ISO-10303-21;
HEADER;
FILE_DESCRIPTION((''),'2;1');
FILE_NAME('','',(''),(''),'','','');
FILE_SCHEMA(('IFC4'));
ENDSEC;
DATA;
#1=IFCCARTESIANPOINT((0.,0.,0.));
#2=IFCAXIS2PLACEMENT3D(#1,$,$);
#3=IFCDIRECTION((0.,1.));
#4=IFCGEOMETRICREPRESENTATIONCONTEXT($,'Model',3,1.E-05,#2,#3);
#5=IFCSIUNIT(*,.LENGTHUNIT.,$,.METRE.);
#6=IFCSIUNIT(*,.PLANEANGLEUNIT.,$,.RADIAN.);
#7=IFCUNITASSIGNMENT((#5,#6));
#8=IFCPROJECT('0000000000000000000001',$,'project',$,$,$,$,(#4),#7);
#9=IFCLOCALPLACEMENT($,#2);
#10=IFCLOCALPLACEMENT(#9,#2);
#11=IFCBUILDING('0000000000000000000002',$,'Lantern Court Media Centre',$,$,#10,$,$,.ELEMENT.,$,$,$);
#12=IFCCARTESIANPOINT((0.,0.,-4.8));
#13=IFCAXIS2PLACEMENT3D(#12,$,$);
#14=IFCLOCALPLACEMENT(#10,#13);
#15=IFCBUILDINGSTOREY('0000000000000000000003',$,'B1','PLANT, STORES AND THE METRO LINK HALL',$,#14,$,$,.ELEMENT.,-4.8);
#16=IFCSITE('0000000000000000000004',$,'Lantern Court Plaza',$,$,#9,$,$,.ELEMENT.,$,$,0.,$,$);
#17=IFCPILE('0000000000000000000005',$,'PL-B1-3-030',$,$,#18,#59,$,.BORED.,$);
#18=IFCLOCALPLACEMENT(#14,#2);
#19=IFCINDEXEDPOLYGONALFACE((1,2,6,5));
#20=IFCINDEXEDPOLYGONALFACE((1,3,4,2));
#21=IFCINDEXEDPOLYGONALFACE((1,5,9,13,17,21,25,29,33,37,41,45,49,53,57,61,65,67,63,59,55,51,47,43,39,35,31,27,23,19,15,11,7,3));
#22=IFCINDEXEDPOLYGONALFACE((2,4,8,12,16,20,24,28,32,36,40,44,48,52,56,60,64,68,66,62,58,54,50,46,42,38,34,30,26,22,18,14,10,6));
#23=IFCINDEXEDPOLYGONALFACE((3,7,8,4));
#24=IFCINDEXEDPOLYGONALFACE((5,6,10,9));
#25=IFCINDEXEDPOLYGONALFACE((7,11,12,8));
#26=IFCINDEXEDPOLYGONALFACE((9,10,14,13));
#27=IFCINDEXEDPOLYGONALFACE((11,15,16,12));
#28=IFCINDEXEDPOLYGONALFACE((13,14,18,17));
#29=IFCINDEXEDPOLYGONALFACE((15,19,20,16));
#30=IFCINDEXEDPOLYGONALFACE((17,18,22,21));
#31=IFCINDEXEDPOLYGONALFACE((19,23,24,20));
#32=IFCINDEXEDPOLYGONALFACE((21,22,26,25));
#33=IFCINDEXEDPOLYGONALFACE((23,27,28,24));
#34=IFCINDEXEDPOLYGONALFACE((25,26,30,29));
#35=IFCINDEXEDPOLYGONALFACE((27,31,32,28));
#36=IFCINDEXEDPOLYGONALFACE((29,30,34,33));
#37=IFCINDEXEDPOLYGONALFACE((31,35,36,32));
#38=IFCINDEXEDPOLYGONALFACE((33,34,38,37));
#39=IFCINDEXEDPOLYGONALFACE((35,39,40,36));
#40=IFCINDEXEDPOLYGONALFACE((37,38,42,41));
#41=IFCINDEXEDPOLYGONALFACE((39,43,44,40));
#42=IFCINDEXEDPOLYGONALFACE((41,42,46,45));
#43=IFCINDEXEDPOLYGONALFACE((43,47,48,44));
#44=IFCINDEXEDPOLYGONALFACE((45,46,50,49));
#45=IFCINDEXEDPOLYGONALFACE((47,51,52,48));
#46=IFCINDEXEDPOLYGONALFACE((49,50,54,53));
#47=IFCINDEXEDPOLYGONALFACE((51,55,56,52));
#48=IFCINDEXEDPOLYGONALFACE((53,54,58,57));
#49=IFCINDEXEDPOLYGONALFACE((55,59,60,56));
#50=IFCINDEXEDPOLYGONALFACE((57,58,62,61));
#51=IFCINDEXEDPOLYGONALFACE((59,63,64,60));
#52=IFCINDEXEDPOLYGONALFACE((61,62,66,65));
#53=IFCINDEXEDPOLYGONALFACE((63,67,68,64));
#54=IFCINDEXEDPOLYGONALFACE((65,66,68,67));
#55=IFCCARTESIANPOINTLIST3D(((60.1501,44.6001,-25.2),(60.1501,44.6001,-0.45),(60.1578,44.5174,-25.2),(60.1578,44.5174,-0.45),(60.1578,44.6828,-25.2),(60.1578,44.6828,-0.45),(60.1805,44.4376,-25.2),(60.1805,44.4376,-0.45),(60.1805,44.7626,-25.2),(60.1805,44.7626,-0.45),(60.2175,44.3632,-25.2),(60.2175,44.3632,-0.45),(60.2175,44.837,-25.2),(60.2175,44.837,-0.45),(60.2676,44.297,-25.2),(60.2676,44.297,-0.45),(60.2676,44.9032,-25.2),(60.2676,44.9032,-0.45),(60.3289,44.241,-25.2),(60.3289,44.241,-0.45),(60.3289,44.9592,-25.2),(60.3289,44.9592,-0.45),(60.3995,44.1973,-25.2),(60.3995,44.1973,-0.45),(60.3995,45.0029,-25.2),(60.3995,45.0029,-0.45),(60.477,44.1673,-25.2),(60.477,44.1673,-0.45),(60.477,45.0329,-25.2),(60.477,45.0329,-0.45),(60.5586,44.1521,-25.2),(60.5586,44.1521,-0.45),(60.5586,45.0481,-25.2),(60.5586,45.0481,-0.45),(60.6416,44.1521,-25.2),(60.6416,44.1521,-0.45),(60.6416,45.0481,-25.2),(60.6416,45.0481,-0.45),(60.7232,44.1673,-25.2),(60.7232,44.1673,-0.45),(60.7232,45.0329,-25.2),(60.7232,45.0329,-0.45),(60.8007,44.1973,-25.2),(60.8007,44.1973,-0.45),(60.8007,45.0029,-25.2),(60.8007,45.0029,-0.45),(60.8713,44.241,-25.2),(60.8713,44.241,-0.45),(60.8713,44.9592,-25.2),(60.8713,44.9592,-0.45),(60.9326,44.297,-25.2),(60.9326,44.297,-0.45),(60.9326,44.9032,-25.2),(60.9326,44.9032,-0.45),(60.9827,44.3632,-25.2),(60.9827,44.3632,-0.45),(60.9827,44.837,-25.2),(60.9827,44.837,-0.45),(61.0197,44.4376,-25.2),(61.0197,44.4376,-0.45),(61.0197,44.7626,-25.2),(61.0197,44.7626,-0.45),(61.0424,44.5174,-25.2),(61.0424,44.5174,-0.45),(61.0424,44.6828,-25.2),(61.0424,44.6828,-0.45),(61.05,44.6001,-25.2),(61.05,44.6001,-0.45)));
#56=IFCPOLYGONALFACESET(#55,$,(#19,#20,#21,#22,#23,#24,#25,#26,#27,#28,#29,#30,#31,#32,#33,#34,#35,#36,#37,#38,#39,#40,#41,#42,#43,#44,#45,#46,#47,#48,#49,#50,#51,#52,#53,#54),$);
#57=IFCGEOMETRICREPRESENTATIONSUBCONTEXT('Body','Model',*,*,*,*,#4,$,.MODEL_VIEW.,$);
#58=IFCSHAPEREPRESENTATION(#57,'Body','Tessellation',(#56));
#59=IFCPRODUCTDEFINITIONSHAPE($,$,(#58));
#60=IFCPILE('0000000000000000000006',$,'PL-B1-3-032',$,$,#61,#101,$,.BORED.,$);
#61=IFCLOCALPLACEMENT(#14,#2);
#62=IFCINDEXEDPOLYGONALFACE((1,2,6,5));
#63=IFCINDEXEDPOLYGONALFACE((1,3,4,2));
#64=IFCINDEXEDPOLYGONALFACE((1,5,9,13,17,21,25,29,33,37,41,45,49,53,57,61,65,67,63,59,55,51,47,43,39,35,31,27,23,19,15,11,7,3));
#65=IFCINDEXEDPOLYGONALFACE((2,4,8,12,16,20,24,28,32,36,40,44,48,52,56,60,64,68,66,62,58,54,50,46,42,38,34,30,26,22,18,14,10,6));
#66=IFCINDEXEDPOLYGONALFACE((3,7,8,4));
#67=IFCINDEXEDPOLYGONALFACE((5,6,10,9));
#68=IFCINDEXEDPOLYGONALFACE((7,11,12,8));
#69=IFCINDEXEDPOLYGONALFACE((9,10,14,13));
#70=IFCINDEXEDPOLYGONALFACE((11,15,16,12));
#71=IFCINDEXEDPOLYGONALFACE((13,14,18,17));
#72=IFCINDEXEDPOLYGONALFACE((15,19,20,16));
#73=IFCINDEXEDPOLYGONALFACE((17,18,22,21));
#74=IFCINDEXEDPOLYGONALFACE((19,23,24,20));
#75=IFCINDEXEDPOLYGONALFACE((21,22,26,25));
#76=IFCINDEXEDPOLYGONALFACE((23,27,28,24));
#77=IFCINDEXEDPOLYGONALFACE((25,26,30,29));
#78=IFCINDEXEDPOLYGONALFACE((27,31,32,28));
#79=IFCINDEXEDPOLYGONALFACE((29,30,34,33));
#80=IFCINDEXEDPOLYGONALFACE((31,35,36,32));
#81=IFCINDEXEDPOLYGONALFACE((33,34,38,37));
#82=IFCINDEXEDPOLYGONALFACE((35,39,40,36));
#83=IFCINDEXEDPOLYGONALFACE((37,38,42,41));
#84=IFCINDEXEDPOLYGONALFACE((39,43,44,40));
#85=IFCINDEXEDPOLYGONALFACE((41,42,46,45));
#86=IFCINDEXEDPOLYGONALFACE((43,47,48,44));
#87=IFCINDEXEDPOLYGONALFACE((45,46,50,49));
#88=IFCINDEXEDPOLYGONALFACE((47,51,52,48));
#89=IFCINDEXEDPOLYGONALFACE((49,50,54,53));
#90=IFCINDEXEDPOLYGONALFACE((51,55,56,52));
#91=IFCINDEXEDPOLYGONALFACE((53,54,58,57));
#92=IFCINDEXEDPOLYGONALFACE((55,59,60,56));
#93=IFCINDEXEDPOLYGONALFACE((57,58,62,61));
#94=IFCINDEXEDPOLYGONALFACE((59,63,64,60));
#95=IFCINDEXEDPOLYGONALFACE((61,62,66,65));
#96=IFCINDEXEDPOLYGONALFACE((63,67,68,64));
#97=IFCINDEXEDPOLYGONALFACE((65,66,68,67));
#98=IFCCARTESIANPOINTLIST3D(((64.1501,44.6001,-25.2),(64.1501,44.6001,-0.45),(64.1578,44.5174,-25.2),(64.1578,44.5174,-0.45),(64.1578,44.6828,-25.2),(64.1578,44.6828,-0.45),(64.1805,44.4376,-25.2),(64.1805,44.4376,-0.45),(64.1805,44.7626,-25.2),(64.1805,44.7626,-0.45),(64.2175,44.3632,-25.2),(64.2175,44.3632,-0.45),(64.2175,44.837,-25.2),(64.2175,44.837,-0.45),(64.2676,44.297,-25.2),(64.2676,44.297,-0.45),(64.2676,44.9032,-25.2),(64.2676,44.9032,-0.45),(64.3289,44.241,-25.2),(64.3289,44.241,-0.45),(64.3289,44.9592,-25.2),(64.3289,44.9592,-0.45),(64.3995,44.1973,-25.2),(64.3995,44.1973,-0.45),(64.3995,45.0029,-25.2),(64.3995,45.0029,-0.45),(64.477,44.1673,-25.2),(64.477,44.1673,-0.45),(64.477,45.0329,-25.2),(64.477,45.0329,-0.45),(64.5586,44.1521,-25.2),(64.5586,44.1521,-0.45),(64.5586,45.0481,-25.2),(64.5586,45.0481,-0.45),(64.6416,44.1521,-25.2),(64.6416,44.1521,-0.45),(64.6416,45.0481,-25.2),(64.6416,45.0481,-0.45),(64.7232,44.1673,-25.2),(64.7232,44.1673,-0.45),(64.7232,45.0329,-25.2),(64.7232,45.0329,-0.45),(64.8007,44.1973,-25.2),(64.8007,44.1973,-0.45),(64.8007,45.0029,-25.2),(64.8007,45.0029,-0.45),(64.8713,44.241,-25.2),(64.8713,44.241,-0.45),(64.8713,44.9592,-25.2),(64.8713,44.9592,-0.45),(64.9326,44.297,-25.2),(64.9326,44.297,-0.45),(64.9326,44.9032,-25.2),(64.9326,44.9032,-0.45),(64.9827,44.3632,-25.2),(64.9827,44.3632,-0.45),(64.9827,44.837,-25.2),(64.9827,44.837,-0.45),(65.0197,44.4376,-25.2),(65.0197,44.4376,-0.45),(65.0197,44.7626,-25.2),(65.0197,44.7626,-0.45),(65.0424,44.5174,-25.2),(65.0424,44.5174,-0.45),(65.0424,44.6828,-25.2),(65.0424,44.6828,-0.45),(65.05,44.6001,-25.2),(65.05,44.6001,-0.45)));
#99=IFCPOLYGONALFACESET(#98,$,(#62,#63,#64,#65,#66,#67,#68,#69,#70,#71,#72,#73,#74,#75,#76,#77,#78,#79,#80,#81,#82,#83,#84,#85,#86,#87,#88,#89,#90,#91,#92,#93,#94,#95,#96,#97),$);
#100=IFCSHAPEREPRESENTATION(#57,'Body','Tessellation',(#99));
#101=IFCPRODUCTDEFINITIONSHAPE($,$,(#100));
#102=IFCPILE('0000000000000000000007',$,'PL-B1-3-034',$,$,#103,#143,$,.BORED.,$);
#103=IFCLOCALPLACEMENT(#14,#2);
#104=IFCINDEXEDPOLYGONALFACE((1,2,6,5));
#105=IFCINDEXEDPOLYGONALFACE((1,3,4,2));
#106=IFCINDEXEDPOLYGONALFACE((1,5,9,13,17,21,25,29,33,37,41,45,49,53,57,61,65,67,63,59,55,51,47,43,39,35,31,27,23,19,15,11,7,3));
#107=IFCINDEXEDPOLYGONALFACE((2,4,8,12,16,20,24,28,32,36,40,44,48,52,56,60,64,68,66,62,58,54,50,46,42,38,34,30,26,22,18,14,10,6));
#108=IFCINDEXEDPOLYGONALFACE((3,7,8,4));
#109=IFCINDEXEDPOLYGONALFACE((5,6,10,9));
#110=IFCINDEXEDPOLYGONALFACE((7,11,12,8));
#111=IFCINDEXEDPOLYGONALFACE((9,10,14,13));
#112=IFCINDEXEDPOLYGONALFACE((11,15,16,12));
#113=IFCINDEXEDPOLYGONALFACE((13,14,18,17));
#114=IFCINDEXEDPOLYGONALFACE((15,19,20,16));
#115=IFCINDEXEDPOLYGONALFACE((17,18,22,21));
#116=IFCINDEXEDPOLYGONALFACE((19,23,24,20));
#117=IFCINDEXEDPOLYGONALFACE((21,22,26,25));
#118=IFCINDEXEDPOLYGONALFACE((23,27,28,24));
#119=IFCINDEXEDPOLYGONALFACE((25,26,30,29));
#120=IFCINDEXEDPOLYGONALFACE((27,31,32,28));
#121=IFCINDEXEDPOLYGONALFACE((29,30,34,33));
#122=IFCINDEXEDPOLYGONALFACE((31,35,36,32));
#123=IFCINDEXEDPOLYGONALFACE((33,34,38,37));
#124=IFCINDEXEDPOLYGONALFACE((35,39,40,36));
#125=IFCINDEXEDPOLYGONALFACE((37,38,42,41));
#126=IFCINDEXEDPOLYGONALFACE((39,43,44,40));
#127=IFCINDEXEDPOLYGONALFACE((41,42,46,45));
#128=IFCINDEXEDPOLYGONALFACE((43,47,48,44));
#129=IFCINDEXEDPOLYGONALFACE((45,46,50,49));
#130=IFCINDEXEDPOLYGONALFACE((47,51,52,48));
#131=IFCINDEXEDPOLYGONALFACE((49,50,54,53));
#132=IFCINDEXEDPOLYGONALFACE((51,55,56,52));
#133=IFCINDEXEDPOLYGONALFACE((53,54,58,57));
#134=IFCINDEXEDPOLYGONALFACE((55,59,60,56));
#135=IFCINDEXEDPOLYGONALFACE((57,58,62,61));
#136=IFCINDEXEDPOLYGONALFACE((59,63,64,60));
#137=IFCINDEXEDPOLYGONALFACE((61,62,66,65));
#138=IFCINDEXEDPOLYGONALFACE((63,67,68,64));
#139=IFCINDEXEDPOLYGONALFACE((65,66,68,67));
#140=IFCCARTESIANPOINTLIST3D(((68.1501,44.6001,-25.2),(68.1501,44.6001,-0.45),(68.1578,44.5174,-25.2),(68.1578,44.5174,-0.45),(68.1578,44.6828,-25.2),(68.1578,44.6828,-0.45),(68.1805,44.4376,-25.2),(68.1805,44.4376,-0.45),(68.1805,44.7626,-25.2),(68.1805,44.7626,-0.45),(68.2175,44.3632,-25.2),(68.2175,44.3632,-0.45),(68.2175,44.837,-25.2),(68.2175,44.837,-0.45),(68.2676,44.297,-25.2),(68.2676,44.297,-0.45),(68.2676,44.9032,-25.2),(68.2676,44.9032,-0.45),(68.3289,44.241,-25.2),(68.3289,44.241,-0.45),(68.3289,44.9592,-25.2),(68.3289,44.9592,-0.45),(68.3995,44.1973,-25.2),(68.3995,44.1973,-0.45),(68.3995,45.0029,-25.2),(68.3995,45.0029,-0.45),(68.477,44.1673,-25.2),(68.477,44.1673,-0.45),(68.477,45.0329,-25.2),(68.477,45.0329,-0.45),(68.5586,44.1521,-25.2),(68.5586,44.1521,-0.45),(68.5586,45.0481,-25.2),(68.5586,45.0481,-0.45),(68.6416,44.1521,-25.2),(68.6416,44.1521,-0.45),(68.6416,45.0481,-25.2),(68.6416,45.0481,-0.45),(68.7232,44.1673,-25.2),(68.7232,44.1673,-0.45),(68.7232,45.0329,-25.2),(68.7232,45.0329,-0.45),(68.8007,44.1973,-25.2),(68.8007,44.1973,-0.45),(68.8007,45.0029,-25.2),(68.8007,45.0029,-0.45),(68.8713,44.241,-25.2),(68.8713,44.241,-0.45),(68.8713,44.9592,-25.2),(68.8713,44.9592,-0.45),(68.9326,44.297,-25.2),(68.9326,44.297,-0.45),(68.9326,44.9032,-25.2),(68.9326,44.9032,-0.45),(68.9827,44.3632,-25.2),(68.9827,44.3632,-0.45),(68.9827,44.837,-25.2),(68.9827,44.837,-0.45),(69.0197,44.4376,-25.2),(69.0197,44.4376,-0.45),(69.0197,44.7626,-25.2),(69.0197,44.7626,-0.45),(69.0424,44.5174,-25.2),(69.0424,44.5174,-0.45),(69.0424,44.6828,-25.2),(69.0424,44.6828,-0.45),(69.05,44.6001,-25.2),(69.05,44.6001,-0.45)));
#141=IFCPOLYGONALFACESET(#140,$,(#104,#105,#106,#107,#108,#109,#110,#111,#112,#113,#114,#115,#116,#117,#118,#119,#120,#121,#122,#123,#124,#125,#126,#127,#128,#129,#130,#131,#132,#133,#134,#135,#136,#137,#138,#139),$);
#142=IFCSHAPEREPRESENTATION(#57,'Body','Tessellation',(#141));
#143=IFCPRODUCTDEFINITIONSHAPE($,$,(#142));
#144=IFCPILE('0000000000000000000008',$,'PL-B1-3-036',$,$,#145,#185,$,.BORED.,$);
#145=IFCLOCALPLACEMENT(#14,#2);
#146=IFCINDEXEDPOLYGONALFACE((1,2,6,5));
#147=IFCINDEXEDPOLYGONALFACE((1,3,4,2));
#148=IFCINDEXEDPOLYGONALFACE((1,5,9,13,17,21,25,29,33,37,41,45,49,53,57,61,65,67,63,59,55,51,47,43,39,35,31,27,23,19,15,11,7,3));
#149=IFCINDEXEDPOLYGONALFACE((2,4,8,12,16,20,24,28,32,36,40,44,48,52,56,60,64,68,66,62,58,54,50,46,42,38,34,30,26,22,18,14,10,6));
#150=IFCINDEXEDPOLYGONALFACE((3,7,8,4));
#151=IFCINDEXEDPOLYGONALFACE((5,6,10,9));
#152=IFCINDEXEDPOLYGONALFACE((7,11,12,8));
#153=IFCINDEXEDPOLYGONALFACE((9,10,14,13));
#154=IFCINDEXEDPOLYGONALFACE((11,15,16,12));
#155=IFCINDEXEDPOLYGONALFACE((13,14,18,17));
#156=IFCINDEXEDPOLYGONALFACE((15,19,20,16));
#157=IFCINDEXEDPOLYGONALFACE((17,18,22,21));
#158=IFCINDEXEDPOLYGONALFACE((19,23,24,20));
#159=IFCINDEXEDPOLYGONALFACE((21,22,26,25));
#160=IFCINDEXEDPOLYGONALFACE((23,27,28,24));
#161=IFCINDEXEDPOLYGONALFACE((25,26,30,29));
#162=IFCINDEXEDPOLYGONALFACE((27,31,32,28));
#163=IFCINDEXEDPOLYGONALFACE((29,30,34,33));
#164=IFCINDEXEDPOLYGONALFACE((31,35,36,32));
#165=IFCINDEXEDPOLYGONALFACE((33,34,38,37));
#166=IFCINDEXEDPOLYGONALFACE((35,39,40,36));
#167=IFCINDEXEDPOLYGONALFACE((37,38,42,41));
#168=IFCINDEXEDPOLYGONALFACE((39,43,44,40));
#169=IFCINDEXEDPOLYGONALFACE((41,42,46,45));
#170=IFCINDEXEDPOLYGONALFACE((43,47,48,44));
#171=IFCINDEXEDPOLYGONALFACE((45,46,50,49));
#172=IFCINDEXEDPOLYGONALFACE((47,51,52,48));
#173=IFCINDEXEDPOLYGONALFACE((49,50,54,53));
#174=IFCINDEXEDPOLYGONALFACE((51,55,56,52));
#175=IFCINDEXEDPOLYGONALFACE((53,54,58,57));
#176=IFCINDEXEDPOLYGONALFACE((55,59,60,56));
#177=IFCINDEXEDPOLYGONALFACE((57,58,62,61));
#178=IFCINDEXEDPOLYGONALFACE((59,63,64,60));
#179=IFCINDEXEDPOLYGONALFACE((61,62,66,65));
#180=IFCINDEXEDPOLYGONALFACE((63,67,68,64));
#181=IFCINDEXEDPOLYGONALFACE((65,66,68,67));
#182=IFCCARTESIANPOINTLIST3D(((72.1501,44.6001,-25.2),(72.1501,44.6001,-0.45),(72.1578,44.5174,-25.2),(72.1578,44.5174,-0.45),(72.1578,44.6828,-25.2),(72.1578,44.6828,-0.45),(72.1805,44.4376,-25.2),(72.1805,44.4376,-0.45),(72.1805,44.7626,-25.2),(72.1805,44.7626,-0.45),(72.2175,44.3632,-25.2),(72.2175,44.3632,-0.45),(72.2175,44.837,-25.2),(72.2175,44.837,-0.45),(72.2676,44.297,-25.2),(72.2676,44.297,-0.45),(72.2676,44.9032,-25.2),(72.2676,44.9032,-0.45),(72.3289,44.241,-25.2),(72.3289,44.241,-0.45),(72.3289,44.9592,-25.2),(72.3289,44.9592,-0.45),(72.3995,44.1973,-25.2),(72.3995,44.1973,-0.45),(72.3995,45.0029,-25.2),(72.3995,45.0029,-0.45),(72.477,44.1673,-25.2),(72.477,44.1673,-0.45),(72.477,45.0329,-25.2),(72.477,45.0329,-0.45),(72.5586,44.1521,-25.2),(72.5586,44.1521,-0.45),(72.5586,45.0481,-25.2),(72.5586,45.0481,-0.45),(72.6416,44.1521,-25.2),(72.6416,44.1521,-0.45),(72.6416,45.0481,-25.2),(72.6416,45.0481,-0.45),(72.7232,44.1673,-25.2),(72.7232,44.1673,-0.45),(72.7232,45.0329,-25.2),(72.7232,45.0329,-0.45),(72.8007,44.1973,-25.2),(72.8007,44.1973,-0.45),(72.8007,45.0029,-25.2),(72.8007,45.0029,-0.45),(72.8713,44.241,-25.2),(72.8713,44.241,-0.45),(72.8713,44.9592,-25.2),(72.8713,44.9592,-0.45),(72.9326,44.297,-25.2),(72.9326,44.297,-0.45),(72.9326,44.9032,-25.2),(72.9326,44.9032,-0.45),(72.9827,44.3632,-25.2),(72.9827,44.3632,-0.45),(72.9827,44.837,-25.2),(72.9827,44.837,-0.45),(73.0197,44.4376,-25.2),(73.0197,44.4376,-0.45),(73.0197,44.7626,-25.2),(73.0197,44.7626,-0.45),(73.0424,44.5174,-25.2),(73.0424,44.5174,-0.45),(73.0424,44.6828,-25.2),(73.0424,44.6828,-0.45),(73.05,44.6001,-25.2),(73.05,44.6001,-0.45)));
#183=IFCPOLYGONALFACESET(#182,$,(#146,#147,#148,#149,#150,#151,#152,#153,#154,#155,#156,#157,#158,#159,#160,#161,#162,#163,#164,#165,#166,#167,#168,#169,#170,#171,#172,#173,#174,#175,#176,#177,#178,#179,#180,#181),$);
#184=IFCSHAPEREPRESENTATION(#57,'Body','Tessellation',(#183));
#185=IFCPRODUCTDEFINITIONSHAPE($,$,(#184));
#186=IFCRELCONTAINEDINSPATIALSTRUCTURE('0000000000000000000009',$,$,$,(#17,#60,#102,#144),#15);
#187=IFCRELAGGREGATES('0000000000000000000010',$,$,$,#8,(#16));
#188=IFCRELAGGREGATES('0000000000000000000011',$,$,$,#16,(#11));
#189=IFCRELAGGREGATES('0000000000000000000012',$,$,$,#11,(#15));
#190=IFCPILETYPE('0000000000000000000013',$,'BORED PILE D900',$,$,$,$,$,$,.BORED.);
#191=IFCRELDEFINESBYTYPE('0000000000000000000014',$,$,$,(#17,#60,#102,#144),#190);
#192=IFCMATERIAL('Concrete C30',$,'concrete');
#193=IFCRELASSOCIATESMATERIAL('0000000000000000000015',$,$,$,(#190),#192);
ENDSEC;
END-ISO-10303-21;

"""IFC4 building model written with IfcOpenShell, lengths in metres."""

from ifc_helpers import new_model, si_unit, direction, frame, origin, origin_2d, place, context, subcontext, project, spatial, circle, extrude, material, material_profile, profile_set, type_object, element, save


model = new_model("IFC4")

# Units and contexts
model_context = context("Model", 3, precision=1e-05, world=origin(), true_north=direction((0.0, 1.0)))
body_context = subcontext(model_context, "Body", "Model", "MODEL_VIEW")
ifc_project = project(units=[si_unit("LENGTHUNIT", "METRE"), si_unit("PLANEANGLEUNIT", "RADIAN")], contexts=[model_context])

# Site, building, storey
site_placement = place(None, origin())
site = spatial("IfcSite", under=ifc_project, at=site_placement, Name="Lantern Court Plaza", CompositionType="ELEMENT", RefElevation=0.0)
building_placement = place(site_placement, origin())
building = spatial("IfcBuilding", under=site, at=building_placement, Name="Lantern Court Media Centre", CompositionType="ELEMENT")
storey_placement = place(building_placement, frame((0.0, 0.0, -4.8)))
storey = spatial("IfcBuildingStorey", under=building, at=storey_placement, Name="B1", Description="PLANT, STORES AND THE METRO LINK HALL", CompositionType="ELEMENT", Elevation=-4.8)

# Piles
ifc_material_1 = material(Name="Concrete C30", Category="concrete")
ifc_material_profile_1 = material_profile(ifc_material_1, circle(Radius=0.45, at=origin_2d()), Name="D900")
ifc_profile_set_1 = profile_set([ifc_material_profile_1], Name="Concrete C30")
pile_type = type_object("IfcPileType", Name="BORED PILE D900", PredefinedType="BORED", material=ifc_profile_set_1)
for number, where, z_axis, x_axis, name in (
    (1, (60.6001, 44.6001, -0.45), (0.0, 0.0, -1.0), (1.0, 0.0, 0.0), "PL-B1-3-030"),
    (2, (64.6001, 44.6001, -0.45), (0.0, 0.0, -1.0), (1.0, 0.0, 0.0), "PL-B1-3-032"),
    (3, (68.6001, 44.6001, -0.45), (0.0, 0.0, -1.0), (1.0, 0.0, 0.0), "PL-B1-3-034"),
    (4, (72.6001, 44.6001, -0.45), (0.0, 0.0, -1.0), (1.0, 0.0, 0.0), "PL-B1-3-036"),
):
    element("IfcPile", number, at=place(storey_placement, frame(where, z_axis=z_axis, x_axis=x_axis)), inside=storey, type_object=pile_type, Name=name, PredefinedType="BORED", context=body_context, shape_type="SweptSolid", body=[
        extrude(circle(Radius=0.45, at=origin_2d()), origin(), (0.0, 0.0, 1.0), 24.75),
    ])

save(model, "model.ifc")
